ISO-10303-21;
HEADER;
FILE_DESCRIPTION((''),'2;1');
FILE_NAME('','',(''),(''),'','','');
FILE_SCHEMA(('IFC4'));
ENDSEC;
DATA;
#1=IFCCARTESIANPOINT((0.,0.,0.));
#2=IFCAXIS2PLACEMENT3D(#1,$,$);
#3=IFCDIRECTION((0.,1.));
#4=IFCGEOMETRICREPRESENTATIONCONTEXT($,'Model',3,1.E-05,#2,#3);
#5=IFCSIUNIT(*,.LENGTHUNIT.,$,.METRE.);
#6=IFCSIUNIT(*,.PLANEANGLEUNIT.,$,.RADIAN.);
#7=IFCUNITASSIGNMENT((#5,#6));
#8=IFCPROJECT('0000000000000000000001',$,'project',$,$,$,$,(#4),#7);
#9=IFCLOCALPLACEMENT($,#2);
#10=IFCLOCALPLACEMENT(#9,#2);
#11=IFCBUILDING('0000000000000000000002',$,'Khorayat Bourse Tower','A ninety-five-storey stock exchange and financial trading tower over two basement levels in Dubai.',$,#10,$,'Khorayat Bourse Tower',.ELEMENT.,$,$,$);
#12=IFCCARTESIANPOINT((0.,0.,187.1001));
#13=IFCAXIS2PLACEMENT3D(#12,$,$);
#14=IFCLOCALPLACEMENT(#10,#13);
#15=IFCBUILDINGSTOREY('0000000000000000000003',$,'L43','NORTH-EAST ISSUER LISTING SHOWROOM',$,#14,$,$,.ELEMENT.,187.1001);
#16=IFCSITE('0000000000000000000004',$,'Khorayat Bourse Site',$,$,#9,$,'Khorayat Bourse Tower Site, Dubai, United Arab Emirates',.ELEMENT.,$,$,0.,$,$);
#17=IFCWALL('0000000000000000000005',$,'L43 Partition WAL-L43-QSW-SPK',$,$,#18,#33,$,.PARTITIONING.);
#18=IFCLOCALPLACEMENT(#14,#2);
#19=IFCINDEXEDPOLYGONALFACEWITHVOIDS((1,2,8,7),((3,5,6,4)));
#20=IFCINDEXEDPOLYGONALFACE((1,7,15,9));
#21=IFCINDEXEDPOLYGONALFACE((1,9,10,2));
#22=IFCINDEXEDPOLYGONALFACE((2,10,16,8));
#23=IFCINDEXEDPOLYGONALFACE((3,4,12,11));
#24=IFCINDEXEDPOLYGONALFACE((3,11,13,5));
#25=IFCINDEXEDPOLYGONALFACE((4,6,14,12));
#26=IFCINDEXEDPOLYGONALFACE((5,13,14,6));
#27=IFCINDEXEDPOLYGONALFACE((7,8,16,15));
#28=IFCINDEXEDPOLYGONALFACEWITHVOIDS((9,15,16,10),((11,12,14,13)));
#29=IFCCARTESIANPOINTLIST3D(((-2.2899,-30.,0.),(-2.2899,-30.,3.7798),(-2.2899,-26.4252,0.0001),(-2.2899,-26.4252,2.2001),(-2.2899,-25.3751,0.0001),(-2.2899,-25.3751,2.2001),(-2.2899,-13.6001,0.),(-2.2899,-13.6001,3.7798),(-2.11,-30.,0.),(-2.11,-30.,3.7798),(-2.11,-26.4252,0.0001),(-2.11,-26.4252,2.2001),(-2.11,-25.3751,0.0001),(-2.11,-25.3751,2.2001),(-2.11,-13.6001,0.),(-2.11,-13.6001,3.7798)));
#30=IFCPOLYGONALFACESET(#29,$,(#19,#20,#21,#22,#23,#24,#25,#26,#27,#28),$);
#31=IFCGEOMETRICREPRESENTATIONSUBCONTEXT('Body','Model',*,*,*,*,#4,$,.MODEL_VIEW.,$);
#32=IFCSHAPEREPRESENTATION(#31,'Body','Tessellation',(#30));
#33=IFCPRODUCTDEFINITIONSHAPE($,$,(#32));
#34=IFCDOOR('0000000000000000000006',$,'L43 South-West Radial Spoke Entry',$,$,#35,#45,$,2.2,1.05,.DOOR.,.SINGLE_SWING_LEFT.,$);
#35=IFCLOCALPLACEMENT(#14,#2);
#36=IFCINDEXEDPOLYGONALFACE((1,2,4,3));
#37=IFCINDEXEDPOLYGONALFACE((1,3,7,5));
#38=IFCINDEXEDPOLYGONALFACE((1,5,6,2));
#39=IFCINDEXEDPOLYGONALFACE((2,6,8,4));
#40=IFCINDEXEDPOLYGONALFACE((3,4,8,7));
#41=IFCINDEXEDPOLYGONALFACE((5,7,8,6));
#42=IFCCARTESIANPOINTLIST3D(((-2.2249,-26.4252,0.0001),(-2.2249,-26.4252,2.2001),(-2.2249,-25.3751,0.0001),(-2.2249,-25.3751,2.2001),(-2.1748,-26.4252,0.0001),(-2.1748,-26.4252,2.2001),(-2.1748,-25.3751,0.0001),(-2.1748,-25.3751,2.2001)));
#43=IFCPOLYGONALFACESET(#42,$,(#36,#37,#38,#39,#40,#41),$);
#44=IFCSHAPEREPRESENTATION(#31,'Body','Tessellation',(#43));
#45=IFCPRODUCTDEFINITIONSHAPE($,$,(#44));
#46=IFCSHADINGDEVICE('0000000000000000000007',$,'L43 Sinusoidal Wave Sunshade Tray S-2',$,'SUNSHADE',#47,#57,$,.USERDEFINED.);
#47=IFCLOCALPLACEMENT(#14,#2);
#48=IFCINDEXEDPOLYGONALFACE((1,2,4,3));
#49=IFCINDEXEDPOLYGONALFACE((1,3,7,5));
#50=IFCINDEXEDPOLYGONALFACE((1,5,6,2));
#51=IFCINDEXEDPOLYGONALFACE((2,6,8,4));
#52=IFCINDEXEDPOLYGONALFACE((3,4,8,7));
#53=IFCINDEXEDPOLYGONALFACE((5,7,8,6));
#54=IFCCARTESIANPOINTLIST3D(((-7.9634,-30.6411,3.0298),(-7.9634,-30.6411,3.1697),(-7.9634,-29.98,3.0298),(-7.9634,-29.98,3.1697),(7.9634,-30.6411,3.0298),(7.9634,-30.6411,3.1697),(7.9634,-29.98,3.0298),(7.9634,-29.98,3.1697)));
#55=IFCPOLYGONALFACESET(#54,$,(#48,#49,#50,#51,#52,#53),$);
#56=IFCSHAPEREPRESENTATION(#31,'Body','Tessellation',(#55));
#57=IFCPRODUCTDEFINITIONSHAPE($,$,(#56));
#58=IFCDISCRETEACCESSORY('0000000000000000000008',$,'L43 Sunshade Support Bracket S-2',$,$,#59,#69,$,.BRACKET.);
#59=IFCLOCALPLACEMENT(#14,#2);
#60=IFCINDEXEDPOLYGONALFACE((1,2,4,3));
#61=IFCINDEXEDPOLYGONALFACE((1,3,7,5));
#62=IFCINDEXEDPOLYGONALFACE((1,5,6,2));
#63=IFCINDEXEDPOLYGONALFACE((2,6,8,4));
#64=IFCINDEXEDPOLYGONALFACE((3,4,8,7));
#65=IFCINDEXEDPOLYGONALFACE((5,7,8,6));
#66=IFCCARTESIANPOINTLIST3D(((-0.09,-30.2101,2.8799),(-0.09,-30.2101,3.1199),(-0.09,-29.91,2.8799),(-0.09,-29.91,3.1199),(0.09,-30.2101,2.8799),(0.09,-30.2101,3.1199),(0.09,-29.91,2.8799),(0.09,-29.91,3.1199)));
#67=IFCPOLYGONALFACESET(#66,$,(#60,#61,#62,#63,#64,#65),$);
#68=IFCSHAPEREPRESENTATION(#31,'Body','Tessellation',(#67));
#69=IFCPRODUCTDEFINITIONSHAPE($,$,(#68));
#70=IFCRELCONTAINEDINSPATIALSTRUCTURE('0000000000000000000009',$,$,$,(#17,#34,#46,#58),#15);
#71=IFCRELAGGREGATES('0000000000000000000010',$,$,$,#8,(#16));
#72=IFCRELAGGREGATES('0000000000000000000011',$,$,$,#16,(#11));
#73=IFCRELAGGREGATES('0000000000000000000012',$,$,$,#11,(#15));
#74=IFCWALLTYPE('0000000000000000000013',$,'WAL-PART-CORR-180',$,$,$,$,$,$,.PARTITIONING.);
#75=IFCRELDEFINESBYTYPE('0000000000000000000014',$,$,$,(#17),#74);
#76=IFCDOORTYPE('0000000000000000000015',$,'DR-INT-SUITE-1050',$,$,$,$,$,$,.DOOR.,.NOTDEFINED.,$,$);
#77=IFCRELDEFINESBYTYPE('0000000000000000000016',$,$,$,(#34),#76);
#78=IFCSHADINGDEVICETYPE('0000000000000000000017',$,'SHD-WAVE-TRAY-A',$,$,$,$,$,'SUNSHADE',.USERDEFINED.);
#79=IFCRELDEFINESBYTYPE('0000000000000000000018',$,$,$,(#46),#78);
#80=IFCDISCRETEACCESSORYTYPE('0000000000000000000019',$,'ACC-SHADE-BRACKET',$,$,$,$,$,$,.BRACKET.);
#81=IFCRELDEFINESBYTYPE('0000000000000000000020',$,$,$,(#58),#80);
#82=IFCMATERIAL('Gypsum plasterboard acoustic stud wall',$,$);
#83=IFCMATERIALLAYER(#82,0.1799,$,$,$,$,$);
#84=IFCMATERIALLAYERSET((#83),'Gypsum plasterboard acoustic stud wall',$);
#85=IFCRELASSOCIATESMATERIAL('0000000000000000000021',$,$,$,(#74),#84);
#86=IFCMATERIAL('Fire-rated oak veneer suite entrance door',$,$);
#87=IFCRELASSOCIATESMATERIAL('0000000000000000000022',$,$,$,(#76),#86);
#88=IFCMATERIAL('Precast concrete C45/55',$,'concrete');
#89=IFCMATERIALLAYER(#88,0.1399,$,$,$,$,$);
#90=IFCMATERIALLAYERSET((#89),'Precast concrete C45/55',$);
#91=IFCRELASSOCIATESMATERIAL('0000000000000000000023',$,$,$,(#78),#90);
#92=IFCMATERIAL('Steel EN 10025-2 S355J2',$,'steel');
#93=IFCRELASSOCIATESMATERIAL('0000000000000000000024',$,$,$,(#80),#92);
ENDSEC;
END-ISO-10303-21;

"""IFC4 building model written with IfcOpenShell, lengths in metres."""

from ifc_helpers import new_model, si_unit, direction, frame, frame_2d, origin, origin_2d, place, context, subcontext, project, spatial, rectangle, extrude, source, transform, mapped, material, layer, layer_set, type_object, element, fill, save


model = new_model("IFC4")

# Units and contexts
model_context = context("Model", 3, precision=1e-05, world=origin(), true_north=direction((0.0, 1.0)))
body_context = subcontext(model_context, "Body", "Model", "MODEL_VIEW")
ifc_project = project(units=[si_unit("LENGTHUNIT", "METRE"), si_unit("PLANEANGLEUNIT", "RADIAN")], contexts=[model_context])

# Site, building, storey
site_placement = place(None, origin())
site = spatial("IfcSite", under=ifc_project, at=site_placement, Name="Khorayat Bourse Site", LongName="Khorayat Bourse Tower Site, Dubai, United Arab Emirates", CompositionType="ELEMENT", RefElevation=0.0)
building_placement = place(site_placement, origin())
building = spatial("IfcBuilding", under=site, at=building_placement, Name="Khorayat Bourse Tower", Description="A ninety-five-storey stock exchange and financial trading tower over two basement levels in Dubai.", LongName="Khorayat Bourse Tower", CompositionType="ELEMENT")
storey_placement = place(building_placement, frame((0.0, 0.0, 187.1001)))
storey = spatial("IfcBuildingStorey", under=building, at=storey_placement, Name="L43", Description="NORTH-EAST ISSUER LISTING SHOWROOM", CompositionType="ELEMENT", Elevation=187.1001)

# Shared definitions
ifc_material_1 = material(Name="Steel EN 10025-2 S355J2", Category="steel")

# Wall, opening, door
ifc_material_2 = material(Name="Gypsum plasterboard acoustic stud wall")
ifc_layer_1 = layer(ifc_material_2, 0.1799)
ifc_layer_set_1 = layer_set([ifc_layer_1], Name="Gypsum plasterboard acoustic stud wall")
wall_type_1 = type_object("IfcWallType", Name="WAL-PART-CORR-180", PredefinedType="PARTITIONING", material=ifc_layer_set_1)
shared_shape_1 = source(origin(), body_context, "Body", "SweptSolid", [
    extrude(rectangle(XDim=16.3999, YDim=0.1799, at=frame_2d((8.2, 0.0))), origin(), (0.0, 0.0, 1.0), 3.7798),
])
wall_1_placement = place(storey_placement, frame((-2.2, -30.0, 0.0), z_axis=(0.0, 0.0, 1.0), x_axis=(0.0, 1.0, 0.0)))
wall_1 = element("IfcWall", 1, at=wall_1_placement, inside=storey, type_object=wall_type_1, Name="L43 Partition WAL-L43-QSW-SPK", PredefinedType="PARTITIONING", context=body_context, shape_type="MappedRepresentation", body=[
    mapped(shared_shape_1, transform((0.0, 0.0, 0.0), scale=1.0)),
])
shared_shape_2 = source(origin(), body_context, "Body", "SweptSolid", [
    extrude(rectangle(XDim=1.05, YDim=2.2, at=frame_2d((0.5249, 1.1001))), frame((0.0, 0.0999, 0.0), z_axis=(0.0, -1.0, 0.0), x_axis=(1.0, 0.0, 0.0)), (0.0, 0.0, 1.0), 0.2),
])
opening_1_placement = place(wall_1_placement, frame((3.575, 0.0, 0.0)))
opening_1 = element("IfcOpeningElement", 2, at=opening_1_placement, cuts=wall_1, PredefinedType="OPENING", context=body_context, shape_type="MappedRepresentation", body=[
    mapped(shared_shape_2, transform((0.0, 0.0, 0.0), scale=1.0)),
])
ifc_material_3 = material(Name="Fire-rated oak veneer suite entrance door")
door_type_1 = type_object("IfcDoorType", Name="DR-INT-SUITE-1050", OperationType="NOTDEFINED", PredefinedType="DOOR", material=ifc_material_3)
shared_shape_3 = source(origin(), body_context, "Body", "SweptSolid", [
    extrude(rectangle(XDim=1.05, YDim=2.2, at=frame_2d((0.5249, 1.1001))), frame((0.0, 0.0249, 0.0), z_axis=(0.0, -1.0, 0.0), x_axis=(1.0, 0.0, 0.0)), (0.0, 0.0, 1.0), 0.05),
])
door_1_placement = place(opening_1_placement, origin())
door_1 = element("IfcDoor", 3, at=door_1_placement, inside=storey, type_object=door_type_1, Name="L43 South-West Radial Spoke Entry", OperationType="SINGLE_SWING_LEFT", OverallHeight=2.2, OverallWidth=1.05, PredefinedType="DOOR", context=body_context, shape_type="MappedRepresentation", body=[
    mapped(shared_shape_3, transform((0.0, 0.0, 0.0), scale=1.0)),
])
fill(opening_1, door_1)

# Shading device
ifc_material_4 = material(Name="Precast concrete C45/55", Category="concrete")
ifc_layer_2 = layer(ifc_material_4, 0.1399)
ifc_layer_set_2 = layer_set([ifc_layer_2], Name="Precast concrete C45/55")
shading_device_type = type_object("IfcShadingDeviceType", Name="SHD-WAVE-TRAY-A", ElementType="SUNSHADE", PredefinedType="USERDEFINED", material=ifc_layer_set_2)
shared_shape_4 = source(origin(), body_context, "Body", "SweptSolid", [
    extrude(rectangle(XDim=15.9268, YDim=0.6611, at=origin_2d()), origin(), (0.0, 0.0, 1.0), 0.1399),
])
shading_device_placement = place(storey_placement, frame((0.0, -30.3105, 3.0298), z_axis=(0.0, 0.0, 1.0), x_axis=(1.0, 0.0, 0.0)))
element("IfcShadingDevice", 4, at=shading_device_placement, inside=storey, type_object=shading_device_type, Name="L43 Sinusoidal Wave Sunshade Tray S-2", ObjectType="SUNSHADE", PredefinedType="USERDEFINED", context=body_context, shape_type="MappedRepresentation", body=[
    mapped(shared_shape_4, transform((0.0, 0.0, 0.0), scale=1.0)),
])

# Discrete accessory
discrete_accessory_type = type_object("IfcDiscreteAccessoryType", Name="ACC-SHADE-BRACKET", PredefinedType="BRACKET", material=ifc_material_1)
shared_shape_5 = source(origin(), body_context, "Body", "SweptSolid", [
    extrude(rectangle(XDim=0.1799, YDim=0.3, at=origin_2d()), origin(), (0.0, 0.0, 1.0), 0.24),
])
discrete_accessory_placement = place(storey_placement, frame((0.0, -30.0601, 2.8799), z_axis=(0.0, 0.0, 1.0), x_axis=(1.0, 0.0, 0.0)))
element("IfcDiscreteAccessory", 5, at=discrete_accessory_placement, inside=storey, type_object=discrete_accessory_type, Name="L43 Sunshade Support Bracket S-2", PredefinedType="BRACKET", context=body_context, shape_type="MappedRepresentation", body=[
    mapped(shared_shape_5, transform((0.0, 0.0, 0.0), scale=1.0)),
])

save(model, "model.ifc")
